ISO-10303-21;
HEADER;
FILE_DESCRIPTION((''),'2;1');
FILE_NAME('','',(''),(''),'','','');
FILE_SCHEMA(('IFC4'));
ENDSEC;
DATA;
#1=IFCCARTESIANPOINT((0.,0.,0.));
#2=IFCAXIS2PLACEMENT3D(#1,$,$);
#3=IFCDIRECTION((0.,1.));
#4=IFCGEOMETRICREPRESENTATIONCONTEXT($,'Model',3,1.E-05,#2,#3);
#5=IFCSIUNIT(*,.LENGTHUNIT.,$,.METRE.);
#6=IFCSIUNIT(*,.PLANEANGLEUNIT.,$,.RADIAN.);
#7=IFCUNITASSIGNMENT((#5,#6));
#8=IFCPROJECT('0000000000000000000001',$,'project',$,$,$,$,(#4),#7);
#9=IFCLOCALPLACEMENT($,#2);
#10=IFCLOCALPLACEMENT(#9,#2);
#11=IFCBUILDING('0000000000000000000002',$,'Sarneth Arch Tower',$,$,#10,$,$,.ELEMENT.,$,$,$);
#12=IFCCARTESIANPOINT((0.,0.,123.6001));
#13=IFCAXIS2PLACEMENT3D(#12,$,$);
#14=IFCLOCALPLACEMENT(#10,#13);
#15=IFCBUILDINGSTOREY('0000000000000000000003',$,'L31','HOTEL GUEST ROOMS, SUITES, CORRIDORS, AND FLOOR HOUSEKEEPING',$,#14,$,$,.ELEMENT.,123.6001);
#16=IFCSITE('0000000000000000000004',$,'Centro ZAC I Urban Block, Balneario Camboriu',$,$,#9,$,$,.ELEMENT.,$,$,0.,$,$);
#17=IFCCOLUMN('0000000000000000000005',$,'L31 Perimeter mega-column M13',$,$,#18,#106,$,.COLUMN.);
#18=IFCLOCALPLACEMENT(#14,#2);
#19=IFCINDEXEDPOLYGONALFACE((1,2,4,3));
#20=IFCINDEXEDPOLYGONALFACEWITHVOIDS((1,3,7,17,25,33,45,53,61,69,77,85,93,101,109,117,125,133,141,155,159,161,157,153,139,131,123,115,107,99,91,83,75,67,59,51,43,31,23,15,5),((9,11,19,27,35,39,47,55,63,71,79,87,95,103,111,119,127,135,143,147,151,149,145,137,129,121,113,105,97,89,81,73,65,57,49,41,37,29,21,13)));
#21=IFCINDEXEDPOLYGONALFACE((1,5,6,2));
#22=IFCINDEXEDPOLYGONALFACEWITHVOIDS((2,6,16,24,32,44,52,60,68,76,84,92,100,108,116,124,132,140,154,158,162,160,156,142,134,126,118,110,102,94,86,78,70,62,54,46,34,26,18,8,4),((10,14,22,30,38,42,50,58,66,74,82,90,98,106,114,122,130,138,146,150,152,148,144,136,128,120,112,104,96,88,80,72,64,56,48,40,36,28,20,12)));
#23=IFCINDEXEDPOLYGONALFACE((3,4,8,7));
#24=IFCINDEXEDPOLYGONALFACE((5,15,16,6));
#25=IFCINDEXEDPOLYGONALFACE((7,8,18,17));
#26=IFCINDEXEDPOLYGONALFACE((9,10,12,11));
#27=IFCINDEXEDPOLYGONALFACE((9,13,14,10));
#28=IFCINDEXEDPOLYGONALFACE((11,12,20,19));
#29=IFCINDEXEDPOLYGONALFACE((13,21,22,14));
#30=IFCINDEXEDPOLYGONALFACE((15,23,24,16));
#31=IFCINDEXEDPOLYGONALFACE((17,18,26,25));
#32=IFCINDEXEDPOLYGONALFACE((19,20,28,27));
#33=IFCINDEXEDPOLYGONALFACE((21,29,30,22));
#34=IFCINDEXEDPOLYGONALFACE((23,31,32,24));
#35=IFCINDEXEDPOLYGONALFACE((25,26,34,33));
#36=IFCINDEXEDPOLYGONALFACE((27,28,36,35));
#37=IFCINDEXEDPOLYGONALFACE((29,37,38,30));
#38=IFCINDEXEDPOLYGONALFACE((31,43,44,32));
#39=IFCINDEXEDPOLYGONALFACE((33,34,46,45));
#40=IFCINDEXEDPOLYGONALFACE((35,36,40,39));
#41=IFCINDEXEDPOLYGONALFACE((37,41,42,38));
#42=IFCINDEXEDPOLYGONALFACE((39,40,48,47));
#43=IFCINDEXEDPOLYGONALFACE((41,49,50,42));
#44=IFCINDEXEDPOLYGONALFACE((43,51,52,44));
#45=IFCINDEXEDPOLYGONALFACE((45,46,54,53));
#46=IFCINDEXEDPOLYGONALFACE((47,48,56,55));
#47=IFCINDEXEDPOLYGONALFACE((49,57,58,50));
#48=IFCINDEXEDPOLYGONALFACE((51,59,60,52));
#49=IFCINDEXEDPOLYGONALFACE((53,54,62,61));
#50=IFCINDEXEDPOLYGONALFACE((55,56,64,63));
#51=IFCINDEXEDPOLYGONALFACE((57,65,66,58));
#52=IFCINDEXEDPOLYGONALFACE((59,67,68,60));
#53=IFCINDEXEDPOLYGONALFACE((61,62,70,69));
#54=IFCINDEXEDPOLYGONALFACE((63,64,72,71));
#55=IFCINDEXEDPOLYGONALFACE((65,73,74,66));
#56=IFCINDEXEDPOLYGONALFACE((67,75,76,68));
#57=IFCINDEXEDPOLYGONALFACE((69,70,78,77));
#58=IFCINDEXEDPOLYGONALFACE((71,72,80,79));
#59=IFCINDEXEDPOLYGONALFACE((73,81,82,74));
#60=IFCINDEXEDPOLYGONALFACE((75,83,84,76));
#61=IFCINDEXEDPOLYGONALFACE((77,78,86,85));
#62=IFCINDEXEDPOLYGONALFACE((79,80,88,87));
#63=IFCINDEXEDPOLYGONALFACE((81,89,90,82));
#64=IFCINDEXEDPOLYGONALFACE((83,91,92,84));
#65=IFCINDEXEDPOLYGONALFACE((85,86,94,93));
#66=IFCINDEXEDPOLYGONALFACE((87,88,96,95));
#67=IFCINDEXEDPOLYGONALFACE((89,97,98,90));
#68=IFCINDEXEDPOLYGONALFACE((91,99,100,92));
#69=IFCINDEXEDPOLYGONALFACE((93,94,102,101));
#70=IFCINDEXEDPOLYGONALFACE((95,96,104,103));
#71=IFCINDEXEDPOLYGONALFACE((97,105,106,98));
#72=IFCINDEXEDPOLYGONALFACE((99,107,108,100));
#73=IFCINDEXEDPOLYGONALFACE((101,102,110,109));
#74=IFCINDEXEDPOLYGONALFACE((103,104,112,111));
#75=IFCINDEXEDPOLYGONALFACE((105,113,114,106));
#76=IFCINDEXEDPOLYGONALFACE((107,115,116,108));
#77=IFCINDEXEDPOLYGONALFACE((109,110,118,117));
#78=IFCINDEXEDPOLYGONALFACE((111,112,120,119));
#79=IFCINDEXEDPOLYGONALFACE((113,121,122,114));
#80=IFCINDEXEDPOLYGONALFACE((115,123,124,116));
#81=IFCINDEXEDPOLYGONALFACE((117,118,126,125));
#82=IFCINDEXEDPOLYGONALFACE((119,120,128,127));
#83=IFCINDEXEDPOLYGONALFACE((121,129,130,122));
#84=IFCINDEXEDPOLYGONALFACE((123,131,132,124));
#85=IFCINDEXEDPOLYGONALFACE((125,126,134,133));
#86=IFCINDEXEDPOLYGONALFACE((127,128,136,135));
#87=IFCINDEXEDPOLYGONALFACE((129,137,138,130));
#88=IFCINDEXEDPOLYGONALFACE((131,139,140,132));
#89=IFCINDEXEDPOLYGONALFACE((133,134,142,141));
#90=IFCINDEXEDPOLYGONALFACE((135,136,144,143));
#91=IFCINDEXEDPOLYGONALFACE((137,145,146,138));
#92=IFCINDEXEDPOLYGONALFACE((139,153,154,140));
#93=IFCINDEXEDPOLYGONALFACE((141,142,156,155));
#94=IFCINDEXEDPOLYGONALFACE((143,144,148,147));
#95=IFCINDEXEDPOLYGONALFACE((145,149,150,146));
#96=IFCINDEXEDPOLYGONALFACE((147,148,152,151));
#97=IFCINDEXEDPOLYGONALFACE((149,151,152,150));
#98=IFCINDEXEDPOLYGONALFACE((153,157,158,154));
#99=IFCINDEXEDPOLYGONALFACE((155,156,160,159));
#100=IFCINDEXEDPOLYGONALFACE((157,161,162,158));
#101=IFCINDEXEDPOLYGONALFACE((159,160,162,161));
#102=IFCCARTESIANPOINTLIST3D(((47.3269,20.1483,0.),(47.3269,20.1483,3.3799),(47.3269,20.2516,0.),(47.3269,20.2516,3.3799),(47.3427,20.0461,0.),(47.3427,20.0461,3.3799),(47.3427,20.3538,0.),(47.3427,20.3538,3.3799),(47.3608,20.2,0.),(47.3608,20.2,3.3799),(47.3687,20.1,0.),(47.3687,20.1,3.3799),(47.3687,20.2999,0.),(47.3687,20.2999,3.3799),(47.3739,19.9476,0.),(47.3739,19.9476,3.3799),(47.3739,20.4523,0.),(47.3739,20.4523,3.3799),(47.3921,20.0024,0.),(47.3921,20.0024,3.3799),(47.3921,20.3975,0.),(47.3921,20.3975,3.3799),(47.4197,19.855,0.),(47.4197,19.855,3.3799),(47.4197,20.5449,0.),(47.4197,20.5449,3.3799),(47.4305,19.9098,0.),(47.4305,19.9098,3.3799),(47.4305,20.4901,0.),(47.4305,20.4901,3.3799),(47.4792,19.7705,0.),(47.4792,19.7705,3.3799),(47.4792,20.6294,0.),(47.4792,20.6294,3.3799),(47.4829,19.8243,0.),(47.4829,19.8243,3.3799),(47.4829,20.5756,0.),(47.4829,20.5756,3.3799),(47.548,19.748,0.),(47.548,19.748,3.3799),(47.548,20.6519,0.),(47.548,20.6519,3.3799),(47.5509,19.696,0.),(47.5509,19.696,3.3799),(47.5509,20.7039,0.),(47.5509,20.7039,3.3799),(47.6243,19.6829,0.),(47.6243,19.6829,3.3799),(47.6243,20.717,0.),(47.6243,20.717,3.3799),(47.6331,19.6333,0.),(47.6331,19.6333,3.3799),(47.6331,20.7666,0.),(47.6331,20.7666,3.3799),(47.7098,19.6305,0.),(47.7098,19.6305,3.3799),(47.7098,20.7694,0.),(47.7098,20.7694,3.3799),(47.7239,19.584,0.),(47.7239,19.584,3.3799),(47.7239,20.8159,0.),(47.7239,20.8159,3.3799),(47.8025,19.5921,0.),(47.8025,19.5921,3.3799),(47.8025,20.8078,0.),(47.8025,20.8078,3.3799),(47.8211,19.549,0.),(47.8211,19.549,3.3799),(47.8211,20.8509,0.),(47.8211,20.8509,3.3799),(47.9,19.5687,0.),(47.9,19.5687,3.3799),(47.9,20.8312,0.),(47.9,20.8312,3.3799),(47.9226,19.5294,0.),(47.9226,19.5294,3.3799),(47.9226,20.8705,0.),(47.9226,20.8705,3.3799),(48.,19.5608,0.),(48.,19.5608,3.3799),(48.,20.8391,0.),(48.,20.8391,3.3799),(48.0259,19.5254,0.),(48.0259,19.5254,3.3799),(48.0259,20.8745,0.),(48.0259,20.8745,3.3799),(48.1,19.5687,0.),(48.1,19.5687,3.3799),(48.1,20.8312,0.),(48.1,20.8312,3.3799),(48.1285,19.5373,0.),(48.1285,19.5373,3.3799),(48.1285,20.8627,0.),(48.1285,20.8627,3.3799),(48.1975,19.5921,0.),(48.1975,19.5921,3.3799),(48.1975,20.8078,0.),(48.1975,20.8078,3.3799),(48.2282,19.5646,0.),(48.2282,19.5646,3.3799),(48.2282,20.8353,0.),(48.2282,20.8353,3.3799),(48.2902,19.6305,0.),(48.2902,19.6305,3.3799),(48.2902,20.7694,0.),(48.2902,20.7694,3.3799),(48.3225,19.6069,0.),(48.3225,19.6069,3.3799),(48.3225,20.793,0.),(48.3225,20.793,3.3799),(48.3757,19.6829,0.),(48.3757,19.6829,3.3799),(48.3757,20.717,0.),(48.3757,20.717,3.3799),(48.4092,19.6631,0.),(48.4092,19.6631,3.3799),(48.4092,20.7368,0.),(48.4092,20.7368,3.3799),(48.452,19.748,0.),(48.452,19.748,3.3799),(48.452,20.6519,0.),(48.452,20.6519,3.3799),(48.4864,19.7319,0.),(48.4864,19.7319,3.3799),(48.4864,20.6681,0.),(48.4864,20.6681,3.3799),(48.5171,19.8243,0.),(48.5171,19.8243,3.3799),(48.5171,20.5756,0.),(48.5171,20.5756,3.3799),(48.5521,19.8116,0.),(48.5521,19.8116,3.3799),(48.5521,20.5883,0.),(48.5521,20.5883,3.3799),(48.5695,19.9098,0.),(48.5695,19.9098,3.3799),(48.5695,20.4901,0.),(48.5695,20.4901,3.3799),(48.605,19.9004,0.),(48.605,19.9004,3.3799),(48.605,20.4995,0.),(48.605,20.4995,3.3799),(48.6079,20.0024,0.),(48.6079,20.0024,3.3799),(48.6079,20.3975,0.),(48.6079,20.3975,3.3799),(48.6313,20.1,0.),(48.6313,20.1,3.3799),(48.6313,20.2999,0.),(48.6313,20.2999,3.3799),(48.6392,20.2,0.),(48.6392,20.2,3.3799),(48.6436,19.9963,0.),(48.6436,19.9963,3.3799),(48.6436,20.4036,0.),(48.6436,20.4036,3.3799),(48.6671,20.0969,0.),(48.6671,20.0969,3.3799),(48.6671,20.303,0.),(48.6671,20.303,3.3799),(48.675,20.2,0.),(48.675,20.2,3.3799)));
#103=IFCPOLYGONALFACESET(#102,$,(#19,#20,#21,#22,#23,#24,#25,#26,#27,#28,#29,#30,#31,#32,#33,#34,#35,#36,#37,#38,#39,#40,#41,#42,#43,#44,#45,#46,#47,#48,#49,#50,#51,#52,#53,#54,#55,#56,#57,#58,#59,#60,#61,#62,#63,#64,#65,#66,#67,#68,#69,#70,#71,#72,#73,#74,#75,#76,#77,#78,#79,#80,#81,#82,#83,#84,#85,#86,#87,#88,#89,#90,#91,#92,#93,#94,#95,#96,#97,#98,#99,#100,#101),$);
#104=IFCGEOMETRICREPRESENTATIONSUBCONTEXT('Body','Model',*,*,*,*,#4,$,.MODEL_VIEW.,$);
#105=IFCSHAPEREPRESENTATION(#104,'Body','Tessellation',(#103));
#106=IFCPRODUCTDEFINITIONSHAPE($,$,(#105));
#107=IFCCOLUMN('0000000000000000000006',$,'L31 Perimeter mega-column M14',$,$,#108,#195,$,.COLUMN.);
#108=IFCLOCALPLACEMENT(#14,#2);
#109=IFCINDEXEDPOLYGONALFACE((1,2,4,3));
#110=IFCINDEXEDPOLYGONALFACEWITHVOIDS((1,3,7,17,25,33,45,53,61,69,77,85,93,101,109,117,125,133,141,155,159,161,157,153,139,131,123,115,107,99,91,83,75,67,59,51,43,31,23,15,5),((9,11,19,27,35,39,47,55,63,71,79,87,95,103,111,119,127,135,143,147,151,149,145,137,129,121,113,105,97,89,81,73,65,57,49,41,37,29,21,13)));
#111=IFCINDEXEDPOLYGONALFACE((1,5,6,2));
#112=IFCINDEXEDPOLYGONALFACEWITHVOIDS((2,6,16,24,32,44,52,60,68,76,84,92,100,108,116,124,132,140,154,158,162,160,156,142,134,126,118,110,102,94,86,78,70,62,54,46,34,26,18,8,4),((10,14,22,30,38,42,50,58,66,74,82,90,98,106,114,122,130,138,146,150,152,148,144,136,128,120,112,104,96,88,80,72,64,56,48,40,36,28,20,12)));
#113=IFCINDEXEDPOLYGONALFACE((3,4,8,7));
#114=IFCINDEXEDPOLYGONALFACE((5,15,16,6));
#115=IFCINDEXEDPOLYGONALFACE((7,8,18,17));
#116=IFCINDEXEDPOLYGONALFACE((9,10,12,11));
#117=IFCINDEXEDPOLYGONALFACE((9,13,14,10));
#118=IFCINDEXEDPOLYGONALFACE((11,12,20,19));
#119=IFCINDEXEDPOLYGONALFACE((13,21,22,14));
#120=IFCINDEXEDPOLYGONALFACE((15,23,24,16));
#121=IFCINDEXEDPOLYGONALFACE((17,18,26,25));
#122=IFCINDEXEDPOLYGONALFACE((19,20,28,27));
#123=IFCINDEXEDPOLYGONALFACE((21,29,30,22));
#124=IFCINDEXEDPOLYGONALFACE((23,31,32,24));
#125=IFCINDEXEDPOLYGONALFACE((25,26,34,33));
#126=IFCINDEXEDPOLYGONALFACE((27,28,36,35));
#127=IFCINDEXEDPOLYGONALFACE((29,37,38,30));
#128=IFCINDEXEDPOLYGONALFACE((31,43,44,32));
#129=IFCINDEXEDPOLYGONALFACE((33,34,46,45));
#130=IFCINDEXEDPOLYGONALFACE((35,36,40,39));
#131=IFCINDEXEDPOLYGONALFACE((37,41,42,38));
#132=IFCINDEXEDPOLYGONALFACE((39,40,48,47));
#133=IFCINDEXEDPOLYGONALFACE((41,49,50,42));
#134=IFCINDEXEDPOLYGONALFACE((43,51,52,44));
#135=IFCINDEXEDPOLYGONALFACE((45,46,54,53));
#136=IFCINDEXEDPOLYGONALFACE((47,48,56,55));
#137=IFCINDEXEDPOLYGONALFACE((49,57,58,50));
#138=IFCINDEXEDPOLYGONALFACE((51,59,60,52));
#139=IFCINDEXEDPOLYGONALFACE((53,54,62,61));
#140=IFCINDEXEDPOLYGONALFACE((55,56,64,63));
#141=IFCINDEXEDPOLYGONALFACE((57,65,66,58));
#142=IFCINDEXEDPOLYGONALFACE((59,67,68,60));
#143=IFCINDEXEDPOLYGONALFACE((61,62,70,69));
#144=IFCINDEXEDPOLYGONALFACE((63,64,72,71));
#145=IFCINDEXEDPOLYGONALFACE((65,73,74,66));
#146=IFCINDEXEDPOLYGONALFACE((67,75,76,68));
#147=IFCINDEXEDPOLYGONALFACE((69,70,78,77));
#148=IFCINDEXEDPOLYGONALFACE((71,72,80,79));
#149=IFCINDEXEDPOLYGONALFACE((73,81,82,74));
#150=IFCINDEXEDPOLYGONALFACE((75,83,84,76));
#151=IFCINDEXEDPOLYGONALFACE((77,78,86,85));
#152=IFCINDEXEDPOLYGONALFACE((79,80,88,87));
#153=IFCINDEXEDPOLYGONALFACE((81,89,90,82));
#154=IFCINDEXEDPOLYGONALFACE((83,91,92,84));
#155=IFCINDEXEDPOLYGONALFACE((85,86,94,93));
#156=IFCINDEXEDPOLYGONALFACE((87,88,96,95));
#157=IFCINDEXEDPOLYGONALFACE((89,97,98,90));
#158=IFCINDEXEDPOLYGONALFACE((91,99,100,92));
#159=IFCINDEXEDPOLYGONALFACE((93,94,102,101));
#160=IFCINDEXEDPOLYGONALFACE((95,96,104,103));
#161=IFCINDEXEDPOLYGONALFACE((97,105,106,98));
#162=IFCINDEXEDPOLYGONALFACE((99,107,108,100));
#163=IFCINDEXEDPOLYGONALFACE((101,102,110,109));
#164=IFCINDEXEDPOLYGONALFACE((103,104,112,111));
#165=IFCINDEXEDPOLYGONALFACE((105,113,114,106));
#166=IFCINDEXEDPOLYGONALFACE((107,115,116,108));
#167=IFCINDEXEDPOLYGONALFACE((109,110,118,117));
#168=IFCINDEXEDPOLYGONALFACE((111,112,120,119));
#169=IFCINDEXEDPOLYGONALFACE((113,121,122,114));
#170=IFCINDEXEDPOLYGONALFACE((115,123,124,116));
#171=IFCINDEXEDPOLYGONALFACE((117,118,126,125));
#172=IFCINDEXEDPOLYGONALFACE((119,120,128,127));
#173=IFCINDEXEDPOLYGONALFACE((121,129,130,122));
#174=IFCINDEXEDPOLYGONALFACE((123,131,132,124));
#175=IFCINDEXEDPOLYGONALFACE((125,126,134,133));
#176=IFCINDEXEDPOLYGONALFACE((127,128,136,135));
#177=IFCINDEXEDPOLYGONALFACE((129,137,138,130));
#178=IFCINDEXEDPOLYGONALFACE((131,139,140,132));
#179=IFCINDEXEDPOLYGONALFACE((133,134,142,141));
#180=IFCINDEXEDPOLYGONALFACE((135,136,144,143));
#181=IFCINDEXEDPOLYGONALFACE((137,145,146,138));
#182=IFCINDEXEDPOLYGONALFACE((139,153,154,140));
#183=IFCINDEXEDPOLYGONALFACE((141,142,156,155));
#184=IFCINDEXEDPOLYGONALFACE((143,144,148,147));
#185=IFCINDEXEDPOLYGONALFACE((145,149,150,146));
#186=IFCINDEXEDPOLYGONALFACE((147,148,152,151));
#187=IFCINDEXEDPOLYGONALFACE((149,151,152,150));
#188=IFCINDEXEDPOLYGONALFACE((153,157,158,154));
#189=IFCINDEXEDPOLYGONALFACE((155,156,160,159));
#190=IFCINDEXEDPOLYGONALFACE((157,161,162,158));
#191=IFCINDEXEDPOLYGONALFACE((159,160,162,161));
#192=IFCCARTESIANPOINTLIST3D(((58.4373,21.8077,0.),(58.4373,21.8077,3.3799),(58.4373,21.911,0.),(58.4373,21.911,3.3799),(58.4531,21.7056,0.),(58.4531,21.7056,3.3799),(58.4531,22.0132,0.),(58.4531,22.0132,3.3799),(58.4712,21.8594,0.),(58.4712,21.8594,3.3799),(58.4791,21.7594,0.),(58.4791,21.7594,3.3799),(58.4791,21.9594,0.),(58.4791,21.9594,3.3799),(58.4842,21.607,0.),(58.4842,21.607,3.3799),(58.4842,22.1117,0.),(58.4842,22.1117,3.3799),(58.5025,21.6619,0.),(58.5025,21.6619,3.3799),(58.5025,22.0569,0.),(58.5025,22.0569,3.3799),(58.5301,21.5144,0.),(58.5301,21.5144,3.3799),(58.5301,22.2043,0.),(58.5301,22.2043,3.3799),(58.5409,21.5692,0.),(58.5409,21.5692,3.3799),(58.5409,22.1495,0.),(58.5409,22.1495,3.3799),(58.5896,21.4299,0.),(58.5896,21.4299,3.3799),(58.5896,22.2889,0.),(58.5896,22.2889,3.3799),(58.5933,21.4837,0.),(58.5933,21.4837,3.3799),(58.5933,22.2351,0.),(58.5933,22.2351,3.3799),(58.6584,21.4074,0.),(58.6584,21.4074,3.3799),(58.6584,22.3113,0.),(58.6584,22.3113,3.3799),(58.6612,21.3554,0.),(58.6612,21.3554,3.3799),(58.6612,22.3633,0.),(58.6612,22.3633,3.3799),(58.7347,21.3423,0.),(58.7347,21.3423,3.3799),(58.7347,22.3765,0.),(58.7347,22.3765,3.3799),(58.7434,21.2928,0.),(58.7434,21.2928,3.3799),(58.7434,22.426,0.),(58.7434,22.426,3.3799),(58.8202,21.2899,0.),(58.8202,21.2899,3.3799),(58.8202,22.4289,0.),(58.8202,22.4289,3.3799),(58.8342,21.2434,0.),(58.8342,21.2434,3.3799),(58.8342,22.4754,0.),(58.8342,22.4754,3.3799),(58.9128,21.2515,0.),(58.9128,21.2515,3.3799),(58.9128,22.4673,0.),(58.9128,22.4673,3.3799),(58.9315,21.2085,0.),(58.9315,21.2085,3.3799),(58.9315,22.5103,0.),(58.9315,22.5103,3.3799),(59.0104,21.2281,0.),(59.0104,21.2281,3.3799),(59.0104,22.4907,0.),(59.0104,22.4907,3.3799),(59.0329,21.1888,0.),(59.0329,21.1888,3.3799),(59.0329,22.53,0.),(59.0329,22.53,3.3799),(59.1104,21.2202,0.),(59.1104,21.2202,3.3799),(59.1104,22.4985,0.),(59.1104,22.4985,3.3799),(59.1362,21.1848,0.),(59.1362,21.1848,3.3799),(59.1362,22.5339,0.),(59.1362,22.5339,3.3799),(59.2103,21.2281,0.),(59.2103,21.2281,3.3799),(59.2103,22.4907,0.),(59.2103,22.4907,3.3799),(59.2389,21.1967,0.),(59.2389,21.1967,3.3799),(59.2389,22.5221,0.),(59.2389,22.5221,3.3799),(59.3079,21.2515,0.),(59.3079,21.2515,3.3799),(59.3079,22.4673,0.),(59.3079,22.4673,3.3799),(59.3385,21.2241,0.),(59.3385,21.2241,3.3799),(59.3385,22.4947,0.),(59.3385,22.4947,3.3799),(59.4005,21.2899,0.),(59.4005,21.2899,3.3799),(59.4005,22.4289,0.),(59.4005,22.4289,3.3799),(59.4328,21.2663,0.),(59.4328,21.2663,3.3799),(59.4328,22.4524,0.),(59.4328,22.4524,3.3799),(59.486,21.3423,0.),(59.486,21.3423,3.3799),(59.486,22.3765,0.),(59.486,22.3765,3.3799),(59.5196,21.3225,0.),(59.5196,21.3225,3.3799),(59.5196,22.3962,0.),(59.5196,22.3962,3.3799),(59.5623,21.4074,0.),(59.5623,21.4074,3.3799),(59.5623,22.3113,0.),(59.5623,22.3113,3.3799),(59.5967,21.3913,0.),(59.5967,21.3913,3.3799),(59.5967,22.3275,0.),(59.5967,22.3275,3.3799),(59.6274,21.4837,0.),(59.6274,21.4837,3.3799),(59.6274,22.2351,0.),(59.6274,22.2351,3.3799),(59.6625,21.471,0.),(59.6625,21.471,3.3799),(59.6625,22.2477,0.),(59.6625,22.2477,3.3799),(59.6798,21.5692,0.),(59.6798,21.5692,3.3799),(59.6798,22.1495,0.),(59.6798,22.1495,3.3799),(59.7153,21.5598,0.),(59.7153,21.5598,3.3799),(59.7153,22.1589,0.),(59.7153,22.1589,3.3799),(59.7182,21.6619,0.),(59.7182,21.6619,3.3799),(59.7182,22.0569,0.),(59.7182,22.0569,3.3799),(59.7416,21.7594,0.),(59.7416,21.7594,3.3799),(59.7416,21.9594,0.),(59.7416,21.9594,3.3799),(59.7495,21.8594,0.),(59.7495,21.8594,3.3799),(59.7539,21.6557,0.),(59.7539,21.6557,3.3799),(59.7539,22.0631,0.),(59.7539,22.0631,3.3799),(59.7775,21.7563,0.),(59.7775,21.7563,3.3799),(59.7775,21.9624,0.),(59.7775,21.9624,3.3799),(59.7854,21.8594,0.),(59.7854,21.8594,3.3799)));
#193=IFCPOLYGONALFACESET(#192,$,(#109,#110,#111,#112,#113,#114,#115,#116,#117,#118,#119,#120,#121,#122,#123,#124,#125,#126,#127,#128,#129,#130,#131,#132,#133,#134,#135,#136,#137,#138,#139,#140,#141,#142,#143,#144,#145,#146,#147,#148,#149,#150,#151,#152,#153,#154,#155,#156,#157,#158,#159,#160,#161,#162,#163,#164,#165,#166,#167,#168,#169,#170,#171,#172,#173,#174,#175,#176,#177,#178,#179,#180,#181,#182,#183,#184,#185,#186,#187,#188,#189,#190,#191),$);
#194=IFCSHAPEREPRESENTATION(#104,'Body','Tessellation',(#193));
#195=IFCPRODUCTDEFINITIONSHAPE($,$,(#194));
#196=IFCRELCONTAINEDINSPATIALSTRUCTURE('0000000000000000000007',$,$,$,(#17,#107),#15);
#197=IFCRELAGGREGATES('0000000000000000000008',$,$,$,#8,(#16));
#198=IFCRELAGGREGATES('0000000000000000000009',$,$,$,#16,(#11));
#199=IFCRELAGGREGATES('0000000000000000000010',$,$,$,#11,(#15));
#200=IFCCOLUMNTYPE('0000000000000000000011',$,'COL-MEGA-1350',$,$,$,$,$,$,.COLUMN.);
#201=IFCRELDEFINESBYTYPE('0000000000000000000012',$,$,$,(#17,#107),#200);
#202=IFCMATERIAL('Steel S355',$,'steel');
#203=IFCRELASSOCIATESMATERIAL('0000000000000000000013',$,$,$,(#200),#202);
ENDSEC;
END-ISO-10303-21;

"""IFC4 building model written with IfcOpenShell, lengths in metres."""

from ifc_helpers import new_model, si_unit, direction, frame, origin, origin_2d, place, context, subcontext, project, spatial, hollow_circle, extrude, material, material_profile, profile_set, type_object, element, save


model = new_model("IFC4")

# Units and contexts
model_context = context("Model", 3, precision=1e-05, world=origin(), true_north=direction((0.0, 1.0)))
body_context = subcontext(model_context, "Body", "Model", "MODEL_VIEW")
ifc_project = project(units=[si_unit("LENGTHUNIT", "METRE"), si_unit("PLANEANGLEUNIT", "RADIAN")], contexts=[model_context])

# Site, building, storey
site_placement = place(None, origin())
site = spatial("IfcSite", under=ifc_project, at=site_placement, Name="Centro ZAC I Urban Block, Balneario Camboriu", CompositionType="ELEMENT", RefElevation=0.0)
building_placement = place(site_placement, origin())
building = spatial("IfcBuilding", under=site, at=building_placement, Name="Sarneth Arch Tower", CompositionType="ELEMENT")
storey_placement = place(building_placement, frame((0.0, 0.0, 123.6001)))
storey = spatial("IfcBuildingStorey", under=building, at=storey_placement, Name="L31", Description="HOTEL GUEST ROOMS, SUITES, CORRIDORS, AND FLOOR HOUSEKEEPING", CompositionType="ELEMENT", Elevation=123.6001)

# Columns
ifc_material_1 = material(Name="Steel S355", Category="steel")
ifc_material_profile_1 = material_profile(ifc_material_1, hollow_circle(Radius=0.675, WallThickness=0.0359, at=origin_2d()), Name="CHS1350x36")
ifc_profile_set_1 = profile_set([ifc_material_profile_1], Name="Steel S355")
column_type = type_object("IfcColumnType", Name="COL-MEGA-1350", PredefinedType="COLUMN", material=ifc_profile_set_1)
for number, where, z_axis, x_axis, name in (
    (1, (48.0, 20.2, 0.0), (0.0, 0.0, 1.0), (1.0, 0.0, 0.0), "L31 Perimeter mega-column M13"),
    (2, (59.1104, 21.8594, 0.0), (0.0, 0.0, 1.0), (1.0, 0.0, 0.0), "L31 Perimeter mega-column M14"),
):
    element("IfcColumn", number, at=place(storey_placement, frame(where, z_axis=z_axis, x_axis=x_axis)), inside=storey, type_object=column_type, Name=name, PredefinedType="COLUMN", context=body_context, shape_type="SweptSolid", body=[
        extrude(hollow_circle(Radius=0.675, WallThickness=0.0359, at=origin_2d()), origin(), (0.0, 0.0, 1.0), 3.3799),
    ])

save(model, "model.ifc")
